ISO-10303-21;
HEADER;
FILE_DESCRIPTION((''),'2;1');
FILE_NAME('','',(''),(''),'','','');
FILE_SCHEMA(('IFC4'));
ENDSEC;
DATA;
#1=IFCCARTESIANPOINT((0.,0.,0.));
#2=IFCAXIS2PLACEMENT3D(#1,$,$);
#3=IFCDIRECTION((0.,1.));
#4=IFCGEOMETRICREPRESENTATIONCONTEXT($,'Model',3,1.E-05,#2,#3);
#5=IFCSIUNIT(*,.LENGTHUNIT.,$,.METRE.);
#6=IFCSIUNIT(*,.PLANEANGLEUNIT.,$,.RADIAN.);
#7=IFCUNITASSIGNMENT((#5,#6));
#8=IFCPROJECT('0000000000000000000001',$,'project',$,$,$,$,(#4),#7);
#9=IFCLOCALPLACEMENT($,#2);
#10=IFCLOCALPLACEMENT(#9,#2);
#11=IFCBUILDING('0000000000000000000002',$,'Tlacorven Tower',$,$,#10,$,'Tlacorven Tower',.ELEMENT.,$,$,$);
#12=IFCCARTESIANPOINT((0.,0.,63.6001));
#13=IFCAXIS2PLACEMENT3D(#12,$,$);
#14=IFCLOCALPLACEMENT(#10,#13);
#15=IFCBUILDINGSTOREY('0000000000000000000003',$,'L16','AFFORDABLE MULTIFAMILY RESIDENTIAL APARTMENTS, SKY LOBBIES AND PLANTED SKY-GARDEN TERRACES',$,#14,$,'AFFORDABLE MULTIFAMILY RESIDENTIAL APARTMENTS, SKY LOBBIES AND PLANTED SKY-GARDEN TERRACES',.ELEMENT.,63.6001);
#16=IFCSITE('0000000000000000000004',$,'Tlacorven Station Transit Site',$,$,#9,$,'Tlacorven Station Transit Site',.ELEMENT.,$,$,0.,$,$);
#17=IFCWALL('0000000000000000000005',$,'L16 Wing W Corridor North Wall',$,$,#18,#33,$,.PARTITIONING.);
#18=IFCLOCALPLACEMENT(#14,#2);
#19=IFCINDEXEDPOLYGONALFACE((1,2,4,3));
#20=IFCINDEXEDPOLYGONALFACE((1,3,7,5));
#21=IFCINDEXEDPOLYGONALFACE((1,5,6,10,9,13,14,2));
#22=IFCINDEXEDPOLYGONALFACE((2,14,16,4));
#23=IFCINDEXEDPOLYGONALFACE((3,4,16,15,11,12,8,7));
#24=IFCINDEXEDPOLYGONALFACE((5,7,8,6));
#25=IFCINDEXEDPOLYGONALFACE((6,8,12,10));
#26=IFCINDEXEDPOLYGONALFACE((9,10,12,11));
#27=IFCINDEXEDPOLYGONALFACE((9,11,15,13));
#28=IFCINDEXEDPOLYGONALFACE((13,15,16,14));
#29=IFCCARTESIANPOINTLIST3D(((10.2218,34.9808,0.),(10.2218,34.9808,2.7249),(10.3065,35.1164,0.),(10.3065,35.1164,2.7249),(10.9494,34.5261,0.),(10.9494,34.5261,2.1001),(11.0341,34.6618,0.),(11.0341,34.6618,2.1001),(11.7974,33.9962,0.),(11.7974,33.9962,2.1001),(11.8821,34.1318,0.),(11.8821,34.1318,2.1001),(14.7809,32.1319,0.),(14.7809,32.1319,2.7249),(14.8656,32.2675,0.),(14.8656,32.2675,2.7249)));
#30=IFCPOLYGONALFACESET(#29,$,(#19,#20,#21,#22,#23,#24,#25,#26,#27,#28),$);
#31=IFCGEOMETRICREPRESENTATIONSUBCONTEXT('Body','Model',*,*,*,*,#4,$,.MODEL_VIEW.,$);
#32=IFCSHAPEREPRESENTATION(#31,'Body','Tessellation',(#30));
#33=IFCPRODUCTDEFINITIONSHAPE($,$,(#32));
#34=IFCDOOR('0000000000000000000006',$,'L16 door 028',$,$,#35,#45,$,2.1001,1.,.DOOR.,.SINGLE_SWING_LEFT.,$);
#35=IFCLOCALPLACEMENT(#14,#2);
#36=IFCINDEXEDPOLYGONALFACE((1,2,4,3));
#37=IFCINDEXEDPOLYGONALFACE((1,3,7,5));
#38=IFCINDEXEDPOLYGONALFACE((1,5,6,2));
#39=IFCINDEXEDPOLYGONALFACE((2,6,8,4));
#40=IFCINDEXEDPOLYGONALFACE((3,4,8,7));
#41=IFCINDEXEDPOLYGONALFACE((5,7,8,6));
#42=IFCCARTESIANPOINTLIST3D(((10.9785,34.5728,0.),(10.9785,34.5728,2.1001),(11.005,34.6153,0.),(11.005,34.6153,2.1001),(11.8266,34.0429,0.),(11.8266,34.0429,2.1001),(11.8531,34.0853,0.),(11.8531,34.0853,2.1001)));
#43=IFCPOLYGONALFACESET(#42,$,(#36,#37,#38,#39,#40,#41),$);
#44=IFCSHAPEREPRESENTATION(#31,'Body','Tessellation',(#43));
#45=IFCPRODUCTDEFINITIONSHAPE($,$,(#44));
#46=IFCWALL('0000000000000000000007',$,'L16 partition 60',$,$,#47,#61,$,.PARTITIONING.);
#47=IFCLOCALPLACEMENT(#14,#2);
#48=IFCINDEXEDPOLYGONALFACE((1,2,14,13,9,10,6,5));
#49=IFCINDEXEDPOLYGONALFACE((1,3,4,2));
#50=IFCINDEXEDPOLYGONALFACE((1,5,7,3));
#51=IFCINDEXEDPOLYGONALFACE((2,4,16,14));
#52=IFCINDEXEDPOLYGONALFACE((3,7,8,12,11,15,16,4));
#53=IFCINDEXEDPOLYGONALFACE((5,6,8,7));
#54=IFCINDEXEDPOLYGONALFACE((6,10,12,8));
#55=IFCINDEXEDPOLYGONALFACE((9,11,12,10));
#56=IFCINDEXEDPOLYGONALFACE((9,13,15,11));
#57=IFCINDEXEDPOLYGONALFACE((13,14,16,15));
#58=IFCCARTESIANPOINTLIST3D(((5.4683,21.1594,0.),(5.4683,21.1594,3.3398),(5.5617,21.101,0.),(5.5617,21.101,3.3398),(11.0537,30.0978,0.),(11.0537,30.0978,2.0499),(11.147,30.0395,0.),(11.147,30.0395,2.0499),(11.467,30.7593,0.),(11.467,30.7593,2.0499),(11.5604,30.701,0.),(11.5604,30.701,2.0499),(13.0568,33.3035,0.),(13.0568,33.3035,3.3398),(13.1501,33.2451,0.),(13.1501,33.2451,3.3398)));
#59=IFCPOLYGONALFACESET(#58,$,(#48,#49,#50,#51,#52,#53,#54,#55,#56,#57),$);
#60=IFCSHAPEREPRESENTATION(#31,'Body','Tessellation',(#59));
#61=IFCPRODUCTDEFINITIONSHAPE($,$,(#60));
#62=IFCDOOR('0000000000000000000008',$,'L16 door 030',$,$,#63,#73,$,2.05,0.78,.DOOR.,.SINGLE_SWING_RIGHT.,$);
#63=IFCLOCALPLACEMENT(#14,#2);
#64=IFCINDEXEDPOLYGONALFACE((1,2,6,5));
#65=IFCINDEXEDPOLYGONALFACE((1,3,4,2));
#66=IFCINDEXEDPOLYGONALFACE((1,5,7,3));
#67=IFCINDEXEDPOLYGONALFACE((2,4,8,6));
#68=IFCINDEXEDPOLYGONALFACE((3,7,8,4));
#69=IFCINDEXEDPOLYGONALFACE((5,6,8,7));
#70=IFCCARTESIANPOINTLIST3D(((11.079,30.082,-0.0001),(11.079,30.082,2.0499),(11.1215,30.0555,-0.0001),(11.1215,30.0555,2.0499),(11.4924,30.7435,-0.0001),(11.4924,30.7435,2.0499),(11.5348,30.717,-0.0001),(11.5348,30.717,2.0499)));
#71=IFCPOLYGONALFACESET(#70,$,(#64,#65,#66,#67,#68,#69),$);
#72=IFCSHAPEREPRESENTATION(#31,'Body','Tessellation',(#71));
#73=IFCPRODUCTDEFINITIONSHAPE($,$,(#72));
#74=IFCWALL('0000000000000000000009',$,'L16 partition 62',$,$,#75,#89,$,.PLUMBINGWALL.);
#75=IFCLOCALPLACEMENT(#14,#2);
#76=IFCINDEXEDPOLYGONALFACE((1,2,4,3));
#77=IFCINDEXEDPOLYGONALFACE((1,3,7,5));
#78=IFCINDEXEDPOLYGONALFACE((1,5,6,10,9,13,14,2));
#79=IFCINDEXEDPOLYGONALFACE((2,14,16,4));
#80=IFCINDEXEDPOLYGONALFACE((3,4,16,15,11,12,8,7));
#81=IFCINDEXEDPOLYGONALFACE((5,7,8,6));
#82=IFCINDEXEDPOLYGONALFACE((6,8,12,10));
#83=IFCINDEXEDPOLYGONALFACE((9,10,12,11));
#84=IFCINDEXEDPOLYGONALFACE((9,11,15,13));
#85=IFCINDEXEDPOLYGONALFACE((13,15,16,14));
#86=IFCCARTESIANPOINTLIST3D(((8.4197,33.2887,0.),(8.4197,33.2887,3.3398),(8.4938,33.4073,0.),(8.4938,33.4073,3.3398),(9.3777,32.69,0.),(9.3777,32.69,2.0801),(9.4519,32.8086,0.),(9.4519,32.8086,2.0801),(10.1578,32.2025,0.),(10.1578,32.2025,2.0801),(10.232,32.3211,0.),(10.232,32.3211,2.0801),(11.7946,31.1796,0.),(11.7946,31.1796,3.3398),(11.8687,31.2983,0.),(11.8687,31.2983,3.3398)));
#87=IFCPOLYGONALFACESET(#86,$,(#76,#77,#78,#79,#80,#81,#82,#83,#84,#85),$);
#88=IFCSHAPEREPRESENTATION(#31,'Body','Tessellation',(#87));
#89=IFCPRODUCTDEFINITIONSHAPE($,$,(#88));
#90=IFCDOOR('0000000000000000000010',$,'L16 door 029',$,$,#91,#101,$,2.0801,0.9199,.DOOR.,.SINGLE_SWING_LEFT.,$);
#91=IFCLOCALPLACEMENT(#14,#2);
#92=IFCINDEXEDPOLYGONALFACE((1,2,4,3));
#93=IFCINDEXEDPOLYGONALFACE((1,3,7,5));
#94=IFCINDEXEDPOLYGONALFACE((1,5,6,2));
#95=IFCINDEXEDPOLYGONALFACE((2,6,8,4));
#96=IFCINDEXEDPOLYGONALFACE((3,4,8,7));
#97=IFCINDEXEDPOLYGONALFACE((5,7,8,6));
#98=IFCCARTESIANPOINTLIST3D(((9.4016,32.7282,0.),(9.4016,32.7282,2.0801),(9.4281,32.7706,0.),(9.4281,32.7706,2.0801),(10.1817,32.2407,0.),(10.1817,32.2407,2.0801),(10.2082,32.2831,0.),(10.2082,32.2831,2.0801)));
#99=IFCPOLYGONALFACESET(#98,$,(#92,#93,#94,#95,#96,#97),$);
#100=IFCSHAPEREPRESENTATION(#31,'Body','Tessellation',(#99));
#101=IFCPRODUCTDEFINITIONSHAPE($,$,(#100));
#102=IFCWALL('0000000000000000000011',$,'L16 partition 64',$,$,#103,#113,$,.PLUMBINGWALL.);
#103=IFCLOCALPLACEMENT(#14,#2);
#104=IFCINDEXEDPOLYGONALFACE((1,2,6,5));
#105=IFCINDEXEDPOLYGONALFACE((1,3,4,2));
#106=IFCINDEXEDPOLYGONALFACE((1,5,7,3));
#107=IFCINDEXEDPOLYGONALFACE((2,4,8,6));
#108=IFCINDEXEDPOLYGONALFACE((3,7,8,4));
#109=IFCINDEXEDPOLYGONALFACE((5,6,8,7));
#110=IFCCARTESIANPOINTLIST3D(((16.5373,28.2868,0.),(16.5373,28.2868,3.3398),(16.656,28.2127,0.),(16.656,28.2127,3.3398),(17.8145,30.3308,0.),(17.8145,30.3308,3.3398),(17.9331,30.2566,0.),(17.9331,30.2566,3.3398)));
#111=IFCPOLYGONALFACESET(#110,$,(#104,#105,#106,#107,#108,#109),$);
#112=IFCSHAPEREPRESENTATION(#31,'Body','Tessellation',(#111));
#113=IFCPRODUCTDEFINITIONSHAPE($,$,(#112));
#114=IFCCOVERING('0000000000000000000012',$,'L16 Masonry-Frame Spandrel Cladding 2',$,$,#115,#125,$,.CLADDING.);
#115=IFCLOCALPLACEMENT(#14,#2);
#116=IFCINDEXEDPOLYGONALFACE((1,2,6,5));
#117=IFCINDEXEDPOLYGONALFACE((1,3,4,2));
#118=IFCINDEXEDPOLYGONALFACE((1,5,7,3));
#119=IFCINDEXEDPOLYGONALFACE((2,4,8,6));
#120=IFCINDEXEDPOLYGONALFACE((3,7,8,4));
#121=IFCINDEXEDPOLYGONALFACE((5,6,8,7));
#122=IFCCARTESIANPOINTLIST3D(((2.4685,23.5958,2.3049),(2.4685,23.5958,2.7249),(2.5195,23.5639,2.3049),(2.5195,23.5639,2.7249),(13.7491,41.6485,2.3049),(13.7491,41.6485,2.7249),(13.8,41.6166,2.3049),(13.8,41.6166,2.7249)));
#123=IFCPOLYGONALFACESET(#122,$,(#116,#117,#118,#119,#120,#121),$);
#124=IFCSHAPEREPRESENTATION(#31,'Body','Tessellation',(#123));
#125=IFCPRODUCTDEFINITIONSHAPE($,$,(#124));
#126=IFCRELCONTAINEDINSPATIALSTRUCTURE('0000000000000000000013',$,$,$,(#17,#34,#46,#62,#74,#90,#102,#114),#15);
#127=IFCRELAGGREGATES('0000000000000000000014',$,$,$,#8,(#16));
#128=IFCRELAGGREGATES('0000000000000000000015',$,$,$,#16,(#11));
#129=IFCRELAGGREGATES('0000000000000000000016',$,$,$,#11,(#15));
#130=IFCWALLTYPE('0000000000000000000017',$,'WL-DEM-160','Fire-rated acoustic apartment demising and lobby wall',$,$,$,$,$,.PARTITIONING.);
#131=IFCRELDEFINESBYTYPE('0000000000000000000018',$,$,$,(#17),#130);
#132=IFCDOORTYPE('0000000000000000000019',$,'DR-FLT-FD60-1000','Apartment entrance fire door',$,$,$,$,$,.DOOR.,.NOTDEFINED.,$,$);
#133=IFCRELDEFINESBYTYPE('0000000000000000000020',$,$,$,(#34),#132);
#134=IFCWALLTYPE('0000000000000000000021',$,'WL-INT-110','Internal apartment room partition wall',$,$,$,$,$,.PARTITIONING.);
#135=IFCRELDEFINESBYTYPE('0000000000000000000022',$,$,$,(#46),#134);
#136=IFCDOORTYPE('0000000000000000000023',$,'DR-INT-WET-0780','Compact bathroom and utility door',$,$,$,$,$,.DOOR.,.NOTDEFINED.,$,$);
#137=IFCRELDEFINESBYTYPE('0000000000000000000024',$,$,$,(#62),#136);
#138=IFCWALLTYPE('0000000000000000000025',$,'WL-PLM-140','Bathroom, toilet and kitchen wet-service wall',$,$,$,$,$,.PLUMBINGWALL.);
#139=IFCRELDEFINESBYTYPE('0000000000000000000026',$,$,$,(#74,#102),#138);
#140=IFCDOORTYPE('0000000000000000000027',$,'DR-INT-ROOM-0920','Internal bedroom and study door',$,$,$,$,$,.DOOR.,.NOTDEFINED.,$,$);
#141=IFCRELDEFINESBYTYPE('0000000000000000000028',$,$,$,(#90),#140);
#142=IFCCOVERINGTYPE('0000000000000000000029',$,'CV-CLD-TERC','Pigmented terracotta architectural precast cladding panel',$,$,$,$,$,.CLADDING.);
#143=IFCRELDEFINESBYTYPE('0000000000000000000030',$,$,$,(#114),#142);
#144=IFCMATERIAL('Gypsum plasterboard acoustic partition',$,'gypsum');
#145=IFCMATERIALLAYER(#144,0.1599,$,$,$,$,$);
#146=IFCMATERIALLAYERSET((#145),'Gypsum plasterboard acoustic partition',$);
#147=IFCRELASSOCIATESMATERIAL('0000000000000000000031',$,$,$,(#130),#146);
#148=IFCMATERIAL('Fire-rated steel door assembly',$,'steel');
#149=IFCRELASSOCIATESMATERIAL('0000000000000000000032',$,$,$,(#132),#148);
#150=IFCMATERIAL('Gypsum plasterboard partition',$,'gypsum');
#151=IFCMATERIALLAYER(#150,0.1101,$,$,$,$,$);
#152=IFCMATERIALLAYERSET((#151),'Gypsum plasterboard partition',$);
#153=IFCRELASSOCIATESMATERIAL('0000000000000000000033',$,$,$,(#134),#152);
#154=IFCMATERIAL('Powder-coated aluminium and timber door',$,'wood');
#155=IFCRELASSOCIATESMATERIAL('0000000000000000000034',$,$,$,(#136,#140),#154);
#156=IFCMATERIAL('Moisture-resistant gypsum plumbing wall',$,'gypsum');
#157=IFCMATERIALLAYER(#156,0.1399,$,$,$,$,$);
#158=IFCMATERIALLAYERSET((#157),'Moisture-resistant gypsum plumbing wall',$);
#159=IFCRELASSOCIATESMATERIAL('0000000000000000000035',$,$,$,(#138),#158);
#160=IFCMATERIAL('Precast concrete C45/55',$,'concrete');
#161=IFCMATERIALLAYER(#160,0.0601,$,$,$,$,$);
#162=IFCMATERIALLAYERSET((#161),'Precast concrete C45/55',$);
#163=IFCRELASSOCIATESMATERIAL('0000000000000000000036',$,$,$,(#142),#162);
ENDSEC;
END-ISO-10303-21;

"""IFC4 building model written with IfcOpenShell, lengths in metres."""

from ifc_helpers import new_model, si_unit, direction, frame, frame_2d, origin, origin_2d, place, context, subcontext, project, spatial, rectangle, extrude, source, transform, mapped, material, layer, layer_set, type_object, element, fill, save


model = new_model("IFC4")

# Units and contexts
model_context = context("Model", 3, precision=1e-05, world=origin(), true_north=direction((0.0, 1.0)))
body_context = subcontext(model_context, "Body", "Model", "MODEL_VIEW")
ifc_project = project(units=[si_unit("LENGTHUNIT", "METRE"), si_unit("PLANEANGLEUNIT", "RADIAN")], contexts=[model_context])

# Site, building, storey
site_placement = place(None, origin())
site = spatial("IfcSite", under=ifc_project, at=site_placement, Name="Tlacorven Station Transit Site", LongName="Tlacorven Station Transit Site", CompositionType="ELEMENT", RefElevation=0.0)
building_placement = place(site_placement, origin())
building = spatial("IfcBuilding", under=site, at=building_placement, Name="Tlacorven Tower", LongName="Tlacorven Tower", CompositionType="ELEMENT")
storey_placement = place(building_placement, frame((0.0, 0.0, 63.6001)))
storey = spatial("IfcBuildingStorey", under=building, at=storey_placement, Name="L16", Description="AFFORDABLE MULTIFAMILY RESIDENTIAL APARTMENTS, SKY LOBBIES AND PLANTED SKY-GARDEN TERRACES", LongName="AFFORDABLE MULTIFAMILY RESIDENTIAL APARTMENTS, SKY LOBBIES AND PLANTED SKY-GARDEN TERRACES", CompositionType="ELEMENT", Elevation=63.6001)

# Walls, openings, doors
ifc_material_1 = material(Name="Gypsum plasterboard acoustic partition", Category="gypsum")
ifc_layer_1 = layer(ifc_material_1, 0.1599)
ifc_layer_set_1 = layer_set([ifc_layer_1], Name="Gypsum plasterboard acoustic partition")
wall_type_1 = type_object("IfcWallType", Name="WL-DEM-160", Description="Fire-rated acoustic apartment demising and lobby wall", PredefinedType="PARTITIONING", material=ifc_layer_set_1)
wall_1_placement = place(storey_placement, frame((14.8232, 32.1997, 0.0), z_axis=(0.0, 0.0, 1.0), x_axis=(-0.848044, 0.529925, 0.0)))
wall_1 = element("IfcWall", 1, at=wall_1_placement, inside=storey, type_object=wall_type_1, Name="L16 Wing W Corridor North Wall", PredefinedType="PARTITIONING", context=body_context, shape_type="SweptSolid", body=[
    extrude(rectangle(XDim=5.376, YDim=0.1599, at=frame_2d((2.688, 0.0))), origin(), (0.0, 0.0, 1.0), 2.7249),
])
opening_1_placement = place(wall_1_placement, frame((3.5181, 0.0, 0.0)))
opening_1 = element("IfcOpeningElement", 2, at=opening_1_placement, cuts=wall_1, PredefinedType="OPENING", context=body_context, shape_type="SweptSolid", body=[
    extrude(rectangle(XDim=1.0, YDim=2.1001, at=frame_2d((0.5, 1.05))), frame((0.0, 0.0898, 0.0), z_axis=(0.0, -1.0, 0.0), x_axis=(1.0, 0.0, 0.0)), (0.0, 0.0, 1.0), 0.1799),
])
ifc_material_2 = material(Name="Fire-rated steel door assembly", Category="steel")
door_type_1 = type_object("IfcDoorType", Name="DR-FLT-FD60-1000", Description="Apartment entrance fire door", OperationType="NOTDEFINED", PredefinedType="DOOR", material=ifc_material_2)
shared_shape_1 = source(origin(), body_context, "Body", "SweptSolid", [
    extrude(rectangle(XDim=1.0, YDim=2.1001, at=frame_2d((0.5, 1.05))), frame((0.0, 0.0249, 0.0), z_axis=(0.0, -1.0, 0.0), x_axis=(1.0, 0.0, 0.0)), (0.0, 0.0, 1.0), 0.05),
])
door_1_placement = place(opening_1_placement, origin())
door_1 = element("IfcDoor", 3, at=door_1_placement, inside=storey, type_object=door_type_1, Name="L16 door 028", OperationType="SINGLE_SWING_LEFT", OverallHeight=2.1001, OverallWidth=1.0, PredefinedType="DOOR", context=body_context, shape_type="MappedRepresentation", body=[
    mapped(shared_shape_1, transform((0.0, 0.0, 0.0), scale=1.0)),
])
fill(opening_1, door_1)
ifc_material_3 = material(Name="Gypsum plasterboard partition", Category="gypsum")
ifc_layer_2 = layer(ifc_material_3, 0.1101)
ifc_layer_set_2 = layer_set([ifc_layer_2], Name="Gypsum plasterboard partition")
wall_type_2 = type_object("IfcWallType", Name="WL-INT-110", Description="Internal apartment room partition wall", PredefinedType="PARTITIONING", material=ifc_layer_set_2)
wall_2_placement = place(storey_placement, frame((13.1035, 33.2744, 0.0), z_axis=(0.0, 0.0, 1.0), x_axis=(-0.529916, -0.84805, 0.0)))
wall_2 = element("IfcWall", 4, at=wall_2_placement, inside=storey, type_object=wall_type_2, Name="L16 partition 60", PredefinedType="PARTITIONING", context=body_context, shape_type="SweptSolid", body=[
    extrude(rectangle(XDim=14.3201, YDim=0.1101, at=frame_2d((7.1602, 0.0))), origin(), (0.0, 0.0, 1.0), 3.3398),
])
opening_2_placement = place(wall_2_placement, frame((3.0, 0.0, 0.0)))
opening_2 = element("IfcOpeningElement", 5, at=opening_2_placement, cuts=wall_2, PredefinedType="OPENING", context=body_context, shape_type="SweptSolid", body=[
    extrude(rectangle(XDim=0.78, YDim=2.05, at=frame_2d((0.3901, 1.0249))), frame((0.0, 0.0649, 0.0), z_axis=(0.0, -1.0, 0.0), x_axis=(1.0, 0.0, 0.0)), (0.0, 0.0, 1.0), 0.1301),
])
ifc_material_4 = material(Name="Powder-coated aluminium and timber door", Category="wood")
door_type_2 = type_object("IfcDoorType", Name="DR-INT-WET-0780", Description="Compact bathroom and utility door", OperationType="NOTDEFINED", PredefinedType="DOOR", material=ifc_material_4)
shared_shape_2 = source(origin(), body_context, "Body", "SweptSolid", [
    extrude(rectangle(XDim=0.78, YDim=2.05, at=frame_2d((0.3901, 1.0249))), frame((0.0, 0.0249, 0.0), z_axis=(0.0, -1.0, 0.0), x_axis=(1.0, 0.0, 0.0)), (0.0, 0.0, 1.0), 0.05),
])
door_2_placement = place(opening_2_placement, origin())
door_2 = element("IfcDoor", 6, at=door_2_placement, inside=storey, type_object=door_type_2, Name="L16 door 030", OperationType="SINGLE_SWING_RIGHT", OverallHeight=2.05, OverallWidth=0.78, PredefinedType="DOOR", context=body_context, shape_type="MappedRepresentation", body=[
    mapped(shared_shape_2, transform((0.0, 0.0, 0.0), scale=1.0)),
])
fill(opening_2, door_2)
ifc_material_5 = material(Name="Moisture-resistant gypsum plumbing wall", Category="gypsum")
ifc_layer_3 = layer(ifc_material_5, 0.1399)
ifc_layer_set_3 = layer_set([ifc_layer_3], Name="Moisture-resistant gypsum plumbing wall")
wall_type_3 = type_object("IfcWallType", Name="WL-PLM-140", Description="Bathroom, toilet and kitchen wet-service wall", PredefinedType="PLUMBINGWALL", material=ifc_layer_set_3)
wall_3_placement = place(storey_placement, frame((11.8315, 31.239, 0.0), z_axis=(0.0, 0.0, 1.0), x_axis=(-0.848026, 0.529955, 0.0)))
wall_3 = element("IfcWall", 7, at=wall_3_placement, inside=storey, type_object=wall_type_3, Name="L16 partition 62", PredefinedType="PLUMBINGWALL", context=body_context, shape_type="SweptSolid", body=[
    extrude(rectangle(XDim=3.9797, YDim=0.1399, at=frame_2d((1.9897, 0.0))), origin(), (0.0, 0.0, 1.0), 3.3398),
])
opening_3_placement = place(wall_3_placement, frame((1.9299, 0.0, 0.0)))
opening_3 = element("IfcOpeningElement", 8, at=opening_3_placement, cuts=wall_3, PredefinedType="OPENING", context=body_context, shape_type="SweptSolid", body=[
    extrude(rectangle(XDim=0.9199, YDim=2.0801, at=frame_2d((0.46, 1.04))), frame((0.0, 0.0801, 0.0), z_axis=(0.0, -1.0, 0.0), x_axis=(1.0, 0.0, 0.0)), (0.0, 0.0, 1.0), 0.1599),
])
door_type_3 = type_object("IfcDoorType", Name="DR-INT-ROOM-0920", Description="Internal bedroom and study door", OperationType="NOTDEFINED", PredefinedType="DOOR", material=ifc_material_4)
shared_shape_3 = source(origin(), body_context, "Body", "SweptSolid", [
    extrude(rectangle(XDim=0.9199, YDim=2.0801, at=frame_2d((0.46, 1.04))), frame((0.0, 0.0249, 0.0), z_axis=(0.0, -1.0, 0.0), x_axis=(1.0, 0.0, 0.0)), (0.0, 0.0, 1.0), 0.05),
])
door_3_placement = place(opening_3_placement, origin())
door_3 = element("IfcDoor", 9, at=door_3_placement, inside=storey, type_object=door_type_3, Name="L16 door 029", OperationType="SINGLE_SWING_LEFT", OverallHeight=2.0801, OverallWidth=0.9199, PredefinedType="DOOR", context=body_context, shape_type="MappedRepresentation", body=[
    mapped(shared_shape_3, transform((0.0, 0.0, 0.0), scale=1.0)),
])
fill(opening_3, door_3)

# Wall
wall_4_placement = place(storey_placement, frame((17.8738, 30.2937, 0.0), z_axis=(0.0, 0.0, 1.0), x_axis=(-0.52989, -0.848067, 0.0)))
element("IfcWall", 10, at=wall_4_placement, inside=storey, type_object=wall_type_3, Name="L16 partition 64", PredefinedType="PLUMBINGWALL", context=body_context, shape_type="SweptSolid", body=[
    extrude(rectangle(XDim=2.4102, YDim=0.1399, at=frame_2d((1.2051, 0.0))), origin(), (0.0, 0.0, 1.0), 3.3398),
])

# Covering
ifc_material_6 = material(Name="Precast concrete C45/55", Category="concrete")
ifc_layer_4 = layer(ifc_material_6, 0.0601)
ifc_layer_set_4 = layer_set([ifc_layer_4], Name="Precast concrete C45/55")
covering_type = type_object("IfcCoveringType", Name="CV-CLD-TERC", Description="Pigmented terracotta architectural precast cladding panel", PredefinedType="CLADDING", material=ifc_layer_set_4)
shared_shape_4 = source(origin(), body_context, "Body", "SweptSolid", [
    extrude(rectangle(XDim=21.2874, YDim=0.0601, at=origin_2d()), origin(), (0.0, 0.0, 1.0), 0.4199),
])
covering_placement = place(storey_placement, frame((8.1343, 32.6062, 2.3049), z_axis=(0.0, 0.0, 1.0), x_axis=(0.529919, 0.848048, 0.0)))
element("IfcCovering", 11, at=covering_placement, inside=storey, type_object=covering_type, Name="L16 Masonry-Frame Spandrel Cladding 2", PredefinedType="CLADDING", context=body_context, shape_type="MappedRepresentation", body=[
    mapped(shared_shape_4, transform((0.0, 0.0, 0.0), scale=1.0)),
])

save(model, "model.ifc")
